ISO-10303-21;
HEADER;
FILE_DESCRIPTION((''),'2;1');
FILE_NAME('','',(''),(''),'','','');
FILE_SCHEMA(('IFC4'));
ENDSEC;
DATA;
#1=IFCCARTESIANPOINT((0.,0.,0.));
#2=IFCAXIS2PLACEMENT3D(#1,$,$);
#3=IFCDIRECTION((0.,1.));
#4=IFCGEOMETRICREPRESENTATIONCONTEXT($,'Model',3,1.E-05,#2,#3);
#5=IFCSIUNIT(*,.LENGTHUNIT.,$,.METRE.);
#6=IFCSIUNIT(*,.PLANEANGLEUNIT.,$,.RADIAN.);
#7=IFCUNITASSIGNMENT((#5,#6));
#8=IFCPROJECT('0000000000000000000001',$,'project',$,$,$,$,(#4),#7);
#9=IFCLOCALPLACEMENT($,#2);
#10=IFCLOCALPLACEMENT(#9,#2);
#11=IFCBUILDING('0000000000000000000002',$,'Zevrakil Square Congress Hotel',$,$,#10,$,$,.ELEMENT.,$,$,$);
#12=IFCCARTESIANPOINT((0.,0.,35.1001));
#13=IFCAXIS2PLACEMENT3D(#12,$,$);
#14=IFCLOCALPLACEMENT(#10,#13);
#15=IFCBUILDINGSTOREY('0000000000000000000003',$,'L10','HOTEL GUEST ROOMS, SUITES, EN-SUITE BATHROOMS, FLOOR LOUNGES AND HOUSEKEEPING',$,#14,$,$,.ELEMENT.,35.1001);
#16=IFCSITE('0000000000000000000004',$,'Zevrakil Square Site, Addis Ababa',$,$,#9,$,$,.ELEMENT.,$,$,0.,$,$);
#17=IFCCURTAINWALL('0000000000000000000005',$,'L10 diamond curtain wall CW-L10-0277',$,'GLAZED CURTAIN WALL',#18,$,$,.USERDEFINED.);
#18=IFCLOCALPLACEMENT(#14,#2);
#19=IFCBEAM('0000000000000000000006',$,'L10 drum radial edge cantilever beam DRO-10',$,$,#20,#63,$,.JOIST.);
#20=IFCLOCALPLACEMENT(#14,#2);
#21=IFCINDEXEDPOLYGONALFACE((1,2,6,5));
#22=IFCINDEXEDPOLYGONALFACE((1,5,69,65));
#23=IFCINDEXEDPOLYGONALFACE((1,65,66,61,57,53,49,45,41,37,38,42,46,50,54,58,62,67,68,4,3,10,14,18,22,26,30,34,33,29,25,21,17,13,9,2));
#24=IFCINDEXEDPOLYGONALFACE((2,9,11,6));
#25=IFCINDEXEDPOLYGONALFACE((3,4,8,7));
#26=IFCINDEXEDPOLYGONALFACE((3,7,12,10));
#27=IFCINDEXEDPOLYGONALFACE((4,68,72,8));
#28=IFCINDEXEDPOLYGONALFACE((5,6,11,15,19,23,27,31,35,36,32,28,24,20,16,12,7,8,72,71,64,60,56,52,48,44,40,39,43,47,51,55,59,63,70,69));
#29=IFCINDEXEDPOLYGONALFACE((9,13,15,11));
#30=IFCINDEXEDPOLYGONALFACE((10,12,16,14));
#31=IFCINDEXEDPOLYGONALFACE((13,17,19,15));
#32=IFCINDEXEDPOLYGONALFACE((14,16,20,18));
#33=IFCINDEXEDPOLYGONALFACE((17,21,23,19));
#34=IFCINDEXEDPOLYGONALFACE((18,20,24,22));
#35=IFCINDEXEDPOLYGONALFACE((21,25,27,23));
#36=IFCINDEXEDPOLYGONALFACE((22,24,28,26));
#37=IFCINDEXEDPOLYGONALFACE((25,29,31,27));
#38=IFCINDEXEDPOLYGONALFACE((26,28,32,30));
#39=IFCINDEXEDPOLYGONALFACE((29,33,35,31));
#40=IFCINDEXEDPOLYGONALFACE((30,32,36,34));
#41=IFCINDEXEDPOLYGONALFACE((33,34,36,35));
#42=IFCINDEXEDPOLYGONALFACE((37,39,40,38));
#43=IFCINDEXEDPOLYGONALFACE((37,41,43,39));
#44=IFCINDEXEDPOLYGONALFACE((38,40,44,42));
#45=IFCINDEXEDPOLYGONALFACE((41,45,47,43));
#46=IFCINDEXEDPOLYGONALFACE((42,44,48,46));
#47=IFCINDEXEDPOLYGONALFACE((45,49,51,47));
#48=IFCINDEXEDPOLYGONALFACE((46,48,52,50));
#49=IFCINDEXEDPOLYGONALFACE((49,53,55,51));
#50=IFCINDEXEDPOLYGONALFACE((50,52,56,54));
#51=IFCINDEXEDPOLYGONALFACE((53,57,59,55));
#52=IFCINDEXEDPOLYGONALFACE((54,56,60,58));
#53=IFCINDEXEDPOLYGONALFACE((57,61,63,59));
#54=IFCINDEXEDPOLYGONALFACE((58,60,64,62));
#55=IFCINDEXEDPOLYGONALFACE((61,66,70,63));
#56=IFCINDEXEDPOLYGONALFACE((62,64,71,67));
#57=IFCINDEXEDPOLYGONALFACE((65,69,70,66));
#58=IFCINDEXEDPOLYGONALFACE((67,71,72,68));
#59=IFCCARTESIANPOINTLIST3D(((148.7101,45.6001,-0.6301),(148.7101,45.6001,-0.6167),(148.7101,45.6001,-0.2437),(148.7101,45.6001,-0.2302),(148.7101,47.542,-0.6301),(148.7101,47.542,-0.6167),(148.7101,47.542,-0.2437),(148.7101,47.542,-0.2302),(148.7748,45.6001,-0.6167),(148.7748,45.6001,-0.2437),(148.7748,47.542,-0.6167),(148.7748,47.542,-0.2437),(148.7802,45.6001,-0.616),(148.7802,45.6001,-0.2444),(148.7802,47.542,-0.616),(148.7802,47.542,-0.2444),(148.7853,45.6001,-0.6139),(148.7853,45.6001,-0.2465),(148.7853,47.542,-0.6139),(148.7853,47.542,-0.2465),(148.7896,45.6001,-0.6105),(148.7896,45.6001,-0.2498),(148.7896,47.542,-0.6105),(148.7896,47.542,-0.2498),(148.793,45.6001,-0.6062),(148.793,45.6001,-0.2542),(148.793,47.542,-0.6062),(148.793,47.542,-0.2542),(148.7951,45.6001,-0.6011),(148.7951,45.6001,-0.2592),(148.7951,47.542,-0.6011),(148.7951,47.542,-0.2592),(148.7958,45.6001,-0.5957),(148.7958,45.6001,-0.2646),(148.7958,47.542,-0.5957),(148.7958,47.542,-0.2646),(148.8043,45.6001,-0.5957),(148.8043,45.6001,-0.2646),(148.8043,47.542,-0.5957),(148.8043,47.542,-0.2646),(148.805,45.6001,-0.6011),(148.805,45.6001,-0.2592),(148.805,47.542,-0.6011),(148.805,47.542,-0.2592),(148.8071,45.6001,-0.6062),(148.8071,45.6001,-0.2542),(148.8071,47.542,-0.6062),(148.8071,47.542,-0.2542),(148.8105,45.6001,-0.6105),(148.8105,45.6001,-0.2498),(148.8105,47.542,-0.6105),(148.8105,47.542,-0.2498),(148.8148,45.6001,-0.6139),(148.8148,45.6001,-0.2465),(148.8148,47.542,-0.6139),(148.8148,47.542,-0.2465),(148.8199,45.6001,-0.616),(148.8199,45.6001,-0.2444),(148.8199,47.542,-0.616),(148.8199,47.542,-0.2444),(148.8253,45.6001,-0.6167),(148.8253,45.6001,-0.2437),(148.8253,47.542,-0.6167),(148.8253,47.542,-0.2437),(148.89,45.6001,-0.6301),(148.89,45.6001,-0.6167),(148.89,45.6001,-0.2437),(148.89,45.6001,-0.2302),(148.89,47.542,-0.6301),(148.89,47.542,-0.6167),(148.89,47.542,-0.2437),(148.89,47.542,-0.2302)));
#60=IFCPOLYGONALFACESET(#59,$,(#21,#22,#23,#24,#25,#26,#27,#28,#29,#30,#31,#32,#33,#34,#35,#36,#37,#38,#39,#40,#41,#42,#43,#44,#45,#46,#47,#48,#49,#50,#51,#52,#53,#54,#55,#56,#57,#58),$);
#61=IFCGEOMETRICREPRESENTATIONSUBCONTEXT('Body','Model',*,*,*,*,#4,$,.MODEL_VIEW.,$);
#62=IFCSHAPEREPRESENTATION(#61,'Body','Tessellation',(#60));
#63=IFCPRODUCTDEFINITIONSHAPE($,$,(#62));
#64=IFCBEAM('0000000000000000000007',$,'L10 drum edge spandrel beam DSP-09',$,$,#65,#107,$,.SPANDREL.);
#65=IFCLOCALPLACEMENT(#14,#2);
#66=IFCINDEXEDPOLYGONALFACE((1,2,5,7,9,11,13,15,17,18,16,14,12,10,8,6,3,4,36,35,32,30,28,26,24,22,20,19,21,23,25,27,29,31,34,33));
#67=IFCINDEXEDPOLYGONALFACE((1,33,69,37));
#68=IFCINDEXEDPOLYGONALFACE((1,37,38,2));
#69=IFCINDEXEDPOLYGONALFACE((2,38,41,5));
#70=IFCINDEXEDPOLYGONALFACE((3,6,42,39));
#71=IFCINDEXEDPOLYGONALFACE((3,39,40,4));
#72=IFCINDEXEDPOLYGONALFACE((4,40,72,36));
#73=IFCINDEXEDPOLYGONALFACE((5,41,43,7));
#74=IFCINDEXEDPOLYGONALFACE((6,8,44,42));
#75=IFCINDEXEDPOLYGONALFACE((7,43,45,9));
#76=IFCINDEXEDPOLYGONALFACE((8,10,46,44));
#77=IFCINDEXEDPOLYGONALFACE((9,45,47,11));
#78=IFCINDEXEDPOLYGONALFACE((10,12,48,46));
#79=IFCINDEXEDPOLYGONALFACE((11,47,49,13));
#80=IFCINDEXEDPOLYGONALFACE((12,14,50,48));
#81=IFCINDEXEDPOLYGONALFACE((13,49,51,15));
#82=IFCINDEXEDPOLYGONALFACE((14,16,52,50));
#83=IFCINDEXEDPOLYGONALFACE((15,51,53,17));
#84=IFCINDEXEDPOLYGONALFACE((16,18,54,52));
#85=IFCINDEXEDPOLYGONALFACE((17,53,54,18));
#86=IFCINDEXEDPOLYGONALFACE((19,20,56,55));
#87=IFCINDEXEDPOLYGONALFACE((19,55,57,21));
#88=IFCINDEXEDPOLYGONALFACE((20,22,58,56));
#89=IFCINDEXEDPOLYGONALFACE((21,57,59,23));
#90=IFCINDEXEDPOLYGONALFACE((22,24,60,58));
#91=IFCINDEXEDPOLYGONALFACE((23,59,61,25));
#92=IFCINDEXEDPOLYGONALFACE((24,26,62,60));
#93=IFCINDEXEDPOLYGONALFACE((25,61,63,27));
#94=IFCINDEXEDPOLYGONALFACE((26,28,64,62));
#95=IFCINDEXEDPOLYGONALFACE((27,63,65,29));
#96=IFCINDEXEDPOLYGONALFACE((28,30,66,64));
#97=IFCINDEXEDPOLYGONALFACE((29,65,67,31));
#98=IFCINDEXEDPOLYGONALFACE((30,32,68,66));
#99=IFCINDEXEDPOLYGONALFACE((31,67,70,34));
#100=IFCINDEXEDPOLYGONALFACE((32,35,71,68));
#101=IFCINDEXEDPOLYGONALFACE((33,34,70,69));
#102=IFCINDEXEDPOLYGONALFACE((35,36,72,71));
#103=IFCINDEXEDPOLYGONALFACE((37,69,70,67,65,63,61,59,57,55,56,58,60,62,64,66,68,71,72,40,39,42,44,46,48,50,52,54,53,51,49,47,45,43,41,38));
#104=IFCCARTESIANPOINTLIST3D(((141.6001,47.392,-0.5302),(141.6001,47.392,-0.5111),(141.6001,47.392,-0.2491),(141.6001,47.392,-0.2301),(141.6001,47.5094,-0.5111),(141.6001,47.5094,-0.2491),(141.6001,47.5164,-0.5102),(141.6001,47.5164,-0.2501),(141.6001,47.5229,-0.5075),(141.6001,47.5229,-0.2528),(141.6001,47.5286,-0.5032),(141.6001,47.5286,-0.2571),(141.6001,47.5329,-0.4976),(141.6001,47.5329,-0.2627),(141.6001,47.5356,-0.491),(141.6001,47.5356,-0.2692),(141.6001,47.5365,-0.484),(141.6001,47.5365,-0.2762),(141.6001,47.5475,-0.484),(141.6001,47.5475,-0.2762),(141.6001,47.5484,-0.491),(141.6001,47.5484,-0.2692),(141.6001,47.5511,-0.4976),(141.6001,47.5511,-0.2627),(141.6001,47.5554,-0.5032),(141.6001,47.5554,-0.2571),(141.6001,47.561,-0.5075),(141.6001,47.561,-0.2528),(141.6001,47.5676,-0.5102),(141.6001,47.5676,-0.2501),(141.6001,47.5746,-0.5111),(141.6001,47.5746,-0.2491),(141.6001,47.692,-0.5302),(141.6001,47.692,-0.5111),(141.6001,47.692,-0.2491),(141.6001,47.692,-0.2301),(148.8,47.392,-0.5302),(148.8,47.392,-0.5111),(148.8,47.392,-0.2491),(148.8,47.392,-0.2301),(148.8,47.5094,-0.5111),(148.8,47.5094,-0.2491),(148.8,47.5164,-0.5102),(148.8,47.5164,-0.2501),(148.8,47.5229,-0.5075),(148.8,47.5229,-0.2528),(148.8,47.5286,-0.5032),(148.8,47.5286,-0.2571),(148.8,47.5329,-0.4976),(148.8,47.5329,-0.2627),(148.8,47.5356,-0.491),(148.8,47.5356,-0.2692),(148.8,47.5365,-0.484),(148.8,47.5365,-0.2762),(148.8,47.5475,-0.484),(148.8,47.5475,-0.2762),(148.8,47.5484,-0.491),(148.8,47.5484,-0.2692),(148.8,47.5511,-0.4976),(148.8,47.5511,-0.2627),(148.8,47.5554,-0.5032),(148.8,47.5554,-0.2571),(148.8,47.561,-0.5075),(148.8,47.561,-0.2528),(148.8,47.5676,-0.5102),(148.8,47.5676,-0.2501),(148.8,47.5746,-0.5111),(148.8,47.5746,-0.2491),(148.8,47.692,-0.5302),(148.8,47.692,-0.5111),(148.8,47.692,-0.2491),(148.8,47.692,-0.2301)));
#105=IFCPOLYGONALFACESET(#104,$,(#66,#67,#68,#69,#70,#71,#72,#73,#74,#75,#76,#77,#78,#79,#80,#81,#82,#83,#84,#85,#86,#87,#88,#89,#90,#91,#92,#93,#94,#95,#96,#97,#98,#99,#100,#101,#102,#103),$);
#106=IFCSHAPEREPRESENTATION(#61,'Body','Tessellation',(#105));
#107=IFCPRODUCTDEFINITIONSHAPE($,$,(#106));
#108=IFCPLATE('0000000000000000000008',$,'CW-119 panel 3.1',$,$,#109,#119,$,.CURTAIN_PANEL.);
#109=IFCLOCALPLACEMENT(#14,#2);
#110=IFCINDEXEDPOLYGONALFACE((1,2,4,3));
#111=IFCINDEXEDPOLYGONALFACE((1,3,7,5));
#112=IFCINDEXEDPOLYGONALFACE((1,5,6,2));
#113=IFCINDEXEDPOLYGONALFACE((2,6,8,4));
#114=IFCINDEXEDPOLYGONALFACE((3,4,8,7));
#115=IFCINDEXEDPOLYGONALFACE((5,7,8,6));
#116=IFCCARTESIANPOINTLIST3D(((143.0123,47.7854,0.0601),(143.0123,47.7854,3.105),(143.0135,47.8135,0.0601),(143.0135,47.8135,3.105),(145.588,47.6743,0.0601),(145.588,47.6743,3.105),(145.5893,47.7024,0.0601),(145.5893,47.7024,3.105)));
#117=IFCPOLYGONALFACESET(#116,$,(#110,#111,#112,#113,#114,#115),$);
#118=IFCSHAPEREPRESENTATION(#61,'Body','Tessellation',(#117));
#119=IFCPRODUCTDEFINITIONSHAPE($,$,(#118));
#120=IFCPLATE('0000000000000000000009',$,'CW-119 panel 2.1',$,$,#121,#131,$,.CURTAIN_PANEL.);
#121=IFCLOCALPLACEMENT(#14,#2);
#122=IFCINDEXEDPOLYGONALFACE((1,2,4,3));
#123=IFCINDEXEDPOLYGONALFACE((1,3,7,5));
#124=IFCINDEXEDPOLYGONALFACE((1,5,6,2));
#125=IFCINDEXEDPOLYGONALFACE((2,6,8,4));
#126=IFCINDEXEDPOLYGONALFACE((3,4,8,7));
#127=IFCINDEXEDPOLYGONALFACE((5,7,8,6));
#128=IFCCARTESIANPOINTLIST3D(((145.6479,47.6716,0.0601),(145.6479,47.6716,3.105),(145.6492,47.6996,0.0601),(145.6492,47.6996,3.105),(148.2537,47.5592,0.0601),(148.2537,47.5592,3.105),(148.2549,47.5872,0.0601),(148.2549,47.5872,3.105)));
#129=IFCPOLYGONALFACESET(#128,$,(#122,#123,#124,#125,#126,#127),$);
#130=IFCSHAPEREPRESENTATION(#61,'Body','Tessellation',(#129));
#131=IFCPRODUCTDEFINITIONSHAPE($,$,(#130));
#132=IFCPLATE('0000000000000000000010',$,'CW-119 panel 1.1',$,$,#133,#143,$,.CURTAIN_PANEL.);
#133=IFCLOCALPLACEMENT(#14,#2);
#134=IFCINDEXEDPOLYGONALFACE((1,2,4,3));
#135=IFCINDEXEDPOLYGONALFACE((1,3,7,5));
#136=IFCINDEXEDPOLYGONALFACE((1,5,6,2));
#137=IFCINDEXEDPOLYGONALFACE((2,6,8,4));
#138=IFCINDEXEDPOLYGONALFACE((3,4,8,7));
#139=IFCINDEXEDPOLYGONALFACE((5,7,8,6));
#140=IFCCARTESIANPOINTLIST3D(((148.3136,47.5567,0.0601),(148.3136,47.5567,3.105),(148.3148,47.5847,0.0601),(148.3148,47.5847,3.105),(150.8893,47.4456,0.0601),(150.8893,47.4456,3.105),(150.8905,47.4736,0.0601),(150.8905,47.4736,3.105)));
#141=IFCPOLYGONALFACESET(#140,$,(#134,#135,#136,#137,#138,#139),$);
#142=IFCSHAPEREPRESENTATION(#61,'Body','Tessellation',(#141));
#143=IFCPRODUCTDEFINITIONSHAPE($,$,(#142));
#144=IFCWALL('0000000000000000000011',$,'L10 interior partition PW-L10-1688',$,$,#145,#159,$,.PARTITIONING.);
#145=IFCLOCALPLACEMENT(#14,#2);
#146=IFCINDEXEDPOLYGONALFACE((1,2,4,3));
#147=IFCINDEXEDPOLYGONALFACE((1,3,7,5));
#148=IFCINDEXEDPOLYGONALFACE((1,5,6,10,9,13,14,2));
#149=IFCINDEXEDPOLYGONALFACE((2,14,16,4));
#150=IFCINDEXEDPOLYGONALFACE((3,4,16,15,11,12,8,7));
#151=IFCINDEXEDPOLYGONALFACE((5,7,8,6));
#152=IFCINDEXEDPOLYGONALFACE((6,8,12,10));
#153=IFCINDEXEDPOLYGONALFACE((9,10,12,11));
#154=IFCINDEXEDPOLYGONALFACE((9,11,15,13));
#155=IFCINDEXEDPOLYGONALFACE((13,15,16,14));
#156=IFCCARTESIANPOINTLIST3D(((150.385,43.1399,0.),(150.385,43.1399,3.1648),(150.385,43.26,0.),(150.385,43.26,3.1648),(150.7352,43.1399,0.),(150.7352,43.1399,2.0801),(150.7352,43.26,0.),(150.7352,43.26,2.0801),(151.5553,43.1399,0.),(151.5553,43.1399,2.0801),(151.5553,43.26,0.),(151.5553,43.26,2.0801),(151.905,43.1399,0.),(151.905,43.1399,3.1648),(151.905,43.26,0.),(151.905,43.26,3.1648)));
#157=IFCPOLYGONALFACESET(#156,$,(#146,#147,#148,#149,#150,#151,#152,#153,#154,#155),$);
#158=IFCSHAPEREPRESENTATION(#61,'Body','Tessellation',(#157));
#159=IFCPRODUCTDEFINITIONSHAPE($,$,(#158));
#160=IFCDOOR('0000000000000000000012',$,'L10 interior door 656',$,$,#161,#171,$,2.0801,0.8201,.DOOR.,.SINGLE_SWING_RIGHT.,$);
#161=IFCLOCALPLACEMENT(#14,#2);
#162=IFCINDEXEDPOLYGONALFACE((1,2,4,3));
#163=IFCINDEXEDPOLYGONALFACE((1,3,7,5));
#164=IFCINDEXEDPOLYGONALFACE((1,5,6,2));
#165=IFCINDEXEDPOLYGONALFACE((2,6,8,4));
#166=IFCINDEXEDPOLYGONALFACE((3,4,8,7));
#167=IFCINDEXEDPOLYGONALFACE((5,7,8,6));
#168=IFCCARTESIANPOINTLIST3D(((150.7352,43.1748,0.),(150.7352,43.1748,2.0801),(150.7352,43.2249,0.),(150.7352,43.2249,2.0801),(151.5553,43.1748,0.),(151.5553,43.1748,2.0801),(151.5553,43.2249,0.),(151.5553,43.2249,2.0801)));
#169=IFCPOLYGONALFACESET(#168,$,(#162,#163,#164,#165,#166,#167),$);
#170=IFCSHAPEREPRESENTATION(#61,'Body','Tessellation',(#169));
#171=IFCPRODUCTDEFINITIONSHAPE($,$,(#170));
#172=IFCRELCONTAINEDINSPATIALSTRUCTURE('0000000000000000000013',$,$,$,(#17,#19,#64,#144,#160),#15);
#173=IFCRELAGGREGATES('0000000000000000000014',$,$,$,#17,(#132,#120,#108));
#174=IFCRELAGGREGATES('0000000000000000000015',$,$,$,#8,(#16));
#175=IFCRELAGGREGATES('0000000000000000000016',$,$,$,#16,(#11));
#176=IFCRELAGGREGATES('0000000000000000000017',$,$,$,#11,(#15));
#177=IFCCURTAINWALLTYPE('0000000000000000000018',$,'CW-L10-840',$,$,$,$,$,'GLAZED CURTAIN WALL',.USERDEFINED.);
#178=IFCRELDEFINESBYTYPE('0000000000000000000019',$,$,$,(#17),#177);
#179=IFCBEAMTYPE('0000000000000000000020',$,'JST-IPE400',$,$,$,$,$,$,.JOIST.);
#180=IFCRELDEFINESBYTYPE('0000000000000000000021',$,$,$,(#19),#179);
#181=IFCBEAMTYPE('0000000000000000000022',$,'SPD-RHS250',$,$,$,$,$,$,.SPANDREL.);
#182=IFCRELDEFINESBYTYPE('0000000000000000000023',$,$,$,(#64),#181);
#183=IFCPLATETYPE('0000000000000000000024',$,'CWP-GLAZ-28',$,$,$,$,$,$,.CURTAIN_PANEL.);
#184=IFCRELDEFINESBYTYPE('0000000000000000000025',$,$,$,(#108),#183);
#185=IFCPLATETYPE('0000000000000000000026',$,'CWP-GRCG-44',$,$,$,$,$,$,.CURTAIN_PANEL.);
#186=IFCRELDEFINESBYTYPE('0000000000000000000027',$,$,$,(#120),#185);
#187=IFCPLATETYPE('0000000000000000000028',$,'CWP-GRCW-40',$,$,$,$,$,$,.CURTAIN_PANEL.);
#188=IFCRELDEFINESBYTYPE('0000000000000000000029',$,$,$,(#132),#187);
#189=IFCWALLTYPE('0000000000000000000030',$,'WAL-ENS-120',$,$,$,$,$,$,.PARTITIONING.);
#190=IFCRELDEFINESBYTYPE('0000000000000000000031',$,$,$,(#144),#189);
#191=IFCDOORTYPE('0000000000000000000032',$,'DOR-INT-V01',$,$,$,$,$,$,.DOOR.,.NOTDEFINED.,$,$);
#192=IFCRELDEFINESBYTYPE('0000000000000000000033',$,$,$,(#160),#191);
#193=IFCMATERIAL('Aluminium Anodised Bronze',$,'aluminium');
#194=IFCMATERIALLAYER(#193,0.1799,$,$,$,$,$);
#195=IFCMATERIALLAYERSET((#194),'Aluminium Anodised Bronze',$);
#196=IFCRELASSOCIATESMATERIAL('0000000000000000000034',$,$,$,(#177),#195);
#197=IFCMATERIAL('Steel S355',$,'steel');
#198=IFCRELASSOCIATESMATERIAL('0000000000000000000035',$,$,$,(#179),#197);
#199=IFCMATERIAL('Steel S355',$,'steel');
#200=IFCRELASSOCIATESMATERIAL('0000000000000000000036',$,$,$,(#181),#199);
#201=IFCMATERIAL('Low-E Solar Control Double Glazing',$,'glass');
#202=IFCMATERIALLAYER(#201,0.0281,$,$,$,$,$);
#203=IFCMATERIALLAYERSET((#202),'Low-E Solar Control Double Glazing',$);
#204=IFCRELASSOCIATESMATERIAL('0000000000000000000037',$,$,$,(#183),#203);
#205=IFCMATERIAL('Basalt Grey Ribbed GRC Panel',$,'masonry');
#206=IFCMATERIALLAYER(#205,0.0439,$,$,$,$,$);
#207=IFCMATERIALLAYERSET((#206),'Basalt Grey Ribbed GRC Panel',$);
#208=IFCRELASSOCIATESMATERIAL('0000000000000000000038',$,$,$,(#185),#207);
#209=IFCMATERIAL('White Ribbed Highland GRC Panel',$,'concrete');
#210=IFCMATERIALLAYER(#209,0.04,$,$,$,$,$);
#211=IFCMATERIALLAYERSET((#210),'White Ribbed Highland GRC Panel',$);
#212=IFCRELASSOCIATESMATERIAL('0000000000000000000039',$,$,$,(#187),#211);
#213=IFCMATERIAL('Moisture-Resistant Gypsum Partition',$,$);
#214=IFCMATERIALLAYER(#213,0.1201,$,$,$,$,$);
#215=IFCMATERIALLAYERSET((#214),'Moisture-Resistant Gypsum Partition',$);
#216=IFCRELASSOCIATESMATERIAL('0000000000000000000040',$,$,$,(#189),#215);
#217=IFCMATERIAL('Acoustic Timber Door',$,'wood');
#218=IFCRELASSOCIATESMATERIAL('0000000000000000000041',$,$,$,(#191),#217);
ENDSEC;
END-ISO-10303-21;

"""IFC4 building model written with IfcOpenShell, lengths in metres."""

from ifc_helpers import new_model, si_unit, direction, frame, frame_2d, origin, origin_2d, place, context, subcontext, project, spatial, rectangle, i_section, extrude, material, layer, layer_set, material_profile, profile_set, type_object, element, fill, aggregate, save


model = new_model("IFC4")

# Units and contexts
model_context = context("Model", 3, precision=1e-05, world=origin(), true_north=direction((0.0, 1.0)))
body_context = subcontext(model_context, "Body", "Model", "MODEL_VIEW")
ifc_project = project(units=[si_unit("LENGTHUNIT", "METRE"), si_unit("PLANEANGLEUNIT", "RADIAN")], contexts=[model_context])

# Site, building, storey
site_placement = place(None, origin())
site = spatial("IfcSite", under=ifc_project, at=site_placement, Name="Zevrakil Square Site, Addis Ababa", CompositionType="ELEMENT", RefElevation=0.0)
building_placement = place(site_placement, origin())
building = spatial("IfcBuilding", under=site, at=building_placement, Name="Zevrakil Square Congress Hotel", CompositionType="ELEMENT")
storey_placement = place(building_placement, frame((0.0, 0.0, 35.1001)))
storey = spatial("IfcBuildingStorey", under=building, at=storey_placement, Name="L10", Description="HOTEL GUEST ROOMS, SUITES, EN-SUITE BATHROOMS, FLOOR LOUNGES AND HOUSEKEEPING", CompositionType="ELEMENT", Elevation=35.1001)

# Curtain wall
ifc_material_1 = material(Name="Aluminium Anodised Bronze", Category="aluminium")
ifc_layer_1 = layer(ifc_material_1, 0.1799)
ifc_layer_set_1 = layer_set([ifc_layer_1], Name="Aluminium Anodised Bronze")
curtain_wall_type = type_object("IfcCurtainWallType", Name="CW-L10-840", ElementType="GLAZED CURTAIN WALL", PredefinedType="USERDEFINED", material=ifc_layer_set_1)
curtain_wall_placement = place(storey_placement, origin())
curtain_wall = element("IfcCurtainWall", 1, at=curtain_wall_placement, inside=storey, type_object=curtain_wall_type, Name="L10 diamond curtain wall CW-L10-0277", ObjectType="GLAZED CURTAIN WALL", PredefinedType="USERDEFINED")

# Beams
ifc_material_2 = material(Name="Steel S355", Category="steel")
ifc_material_profile_1 = material_profile(ifc_material_2, i_section(OverallWidth=0.1799, OverallDepth=0.3999, WebThickness=0.0085, FlangeThickness=0.0134, FilletRadius=0.021, at=origin_2d()), Name="IPE 400")
ifc_profile_set_1 = profile_set([ifc_material_profile_1], Name="Steel S355")
beam_type_1 = type_object("IfcBeamType", Name="JST-IPE400", PredefinedType="JOIST", material=ifc_profile_set_1)
beam_1_placement = place(storey_placement, frame((148.8, 45.6001, -0.4302), z_axis=(0.0, 1.0, 0.0), x_axis=(-1.0, 0.0, 0.0)))
element("IfcBeam", 2, at=beam_1_placement, inside=storey, type_object=beam_type_1, Name="L10 drum radial edge cantilever beam DRO-10", PredefinedType="JOIST", context=body_context, shape_type="SweptSolid", body=[
    extrude(i_section(OverallWidth=0.1799, OverallDepth=0.3999, WebThickness=0.0085, FlangeThickness=0.0134, FilletRadius=0.021, at=origin_2d()), origin(), (0.0, 0.0, 1.0), 1.9419),
])
ifc_material_3 = material(Name="Steel S355", Category="steel")
ifc_material_profile_2 = material_profile(ifc_material_3, i_section(OverallWidth=0.3, OverallDepth=0.3, WebThickness=0.011, FlangeThickness=0.019, FilletRadius=0.0271, at=origin_2d()), Name="HEB 300")
ifc_profile_set_2 = profile_set([ifc_material_profile_2], Name="Steel S355")
beam_type_2 = type_object("IfcBeamType", Name="SPD-RHS250", PredefinedType="SPANDREL", material=ifc_profile_set_2)
beam_2_placement = place(storey_placement, frame((148.8, 47.542, -0.3801), z_axis=(-1.0, 0.0, 0.0), x_axis=(0.0, -1.0, 0.0)))
element("IfcBeam", 3, at=beam_2_placement, inside=storey, type_object=beam_type_2, Name="L10 drum edge spandrel beam DSP-09", PredefinedType="SPANDREL", context=body_context, shape_type="SweptSolid", body=[
    extrude(i_section(OverallWidth=0.3, OverallDepth=0.3, WebThickness=0.011, FlangeThickness=0.019, FilletRadius=0.0271, at=origin_2d()), origin(), (0.0, 0.0, 1.0), 7.2),
])

# Plates
ifc_material_4 = material(Name="Low-E Solar Control Double Glazing", Category="glass")
ifc_layer_2 = layer(ifc_material_4, 0.0281)
ifc_layer_set_2 = layer_set([ifc_layer_2], Name="Low-E Solar Control Double Glazing")
plate_type_1 = type_object("IfcPlateType", Name="CWP-GLAZ-28", PredefinedType="CURTAIN_PANEL", material=ifc_layer_set_2)
plate_1_placement = place(storey_placement, frame((144.3008, 47.7439, 0.0601), z_axis=(0.0, 0.0, 1.0), x_axis=(-0.999071, 0.043102, 0.0)))
plate_1 = element("IfcPlate", 4, at=plate_1_placement, type_object=plate_type_1, Name="CW-119 panel 3.1", PredefinedType="CURTAIN_PANEL", context=body_context, shape_type="SweptSolid", body=[
    extrude(rectangle(XDim=2.5781, YDim=0.0281, at=origin_2d()), origin(), (0.0, 0.0, 1.0), 3.0449),
])
ifc_material_5 = material(Name="Basalt Grey Ribbed GRC Panel", Category="masonry")
ifc_layer_3 = layer(ifc_material_5, 0.0439)
ifc_layer_set_3 = layer_set([ifc_layer_3], Name="Basalt Grey Ribbed GRC Panel")
plate_type_2 = type_object("IfcPlateType", Name="CWP-GRCG-44", PredefinedType="CURTAIN_PANEL", material=ifc_layer_set_3)
plate_2_placement = place(storey_placement, frame((146.9514, 47.6294, 0.0601), z_axis=(0.0, 0.0, 1.0), x_axis=(-0.999071, 0.043102, 0.0)))
plate_2 = element("IfcPlate", 5, at=plate_2_placement, type_object=plate_type_2, Name="CW-119 panel 2.1", PredefinedType="CURTAIN_PANEL", context=body_context, shape_type="SweptSolid", body=[
    extrude(rectangle(XDim=2.6082, YDim=0.0281, at=origin_2d()), origin(), (0.0, 0.0, 1.0), 3.0449),
])
ifc_material_6 = material(Name="White Ribbed Highland GRC Panel", Category="concrete")
ifc_layer_4 = layer(ifc_material_6, 0.04)
ifc_layer_set_4 = layer_set([ifc_layer_4], Name="White Ribbed Highland GRC Panel")
plate_type_3 = type_object("IfcPlateType", Name="CWP-GRCW-40", PredefinedType="CURTAIN_PANEL", material=ifc_layer_set_4)
plate_3_placement = place(storey_placement, frame((149.6021, 47.5151, 0.0601), z_axis=(0.0, 0.0, 1.0), x_axis=(-0.999071, 0.043102, 0.0)))
plate_3 = element("IfcPlate", 6, at=plate_3_placement, type_object=plate_type_3, Name="CW-119 panel 1.1", PredefinedType="CURTAIN_PANEL", context=body_context, shape_type="SweptSolid", body=[
    extrude(rectangle(XDim=2.5781, YDim=0.0281, at=origin_2d()), origin(), (0.0, 0.0, 1.0), 3.0449),
])
aggregate(curtain_wall, [plate_3, plate_2, plate_1])

# Wall, opening, door
ifc_material_7 = material(Name="Moisture-Resistant Gypsum Partition")
ifc_layer_5 = layer(ifc_material_7, 0.1201)
ifc_layer_set_5 = layer_set([ifc_layer_5], Name="Moisture-Resistant Gypsum Partition")
wall_type = type_object("IfcWallType", Name="WAL-ENS-120", PredefinedType="PARTITIONING", material=ifc_layer_set_5)
wall_1_placement = place(storey_placement, frame((150.385, 43.2, 0.0), z_axis=(0.0, 0.0, 1.0), x_axis=(1.0, 0.0, 0.0)))
wall_1 = element("IfcWall", 7, at=wall_1_placement, inside=storey, type_object=wall_type, Name="L10 interior partition PW-L10-1688", PredefinedType="PARTITIONING", context=body_context, shape_type="SweptSolid", body=[
    extrude(rectangle(XDim=1.52, YDim=0.1201, at=frame_2d((0.76, 0.0))), origin(), (0.0, 0.0, 1.0), 3.1648),
])
opening_1_placement = place(wall_1_placement, frame((0.3501, 0.0, 0.0)))
opening_1 = element("IfcOpeningElement", 8, at=opening_1_placement, cuts=wall_1, PredefinedType="OPENING", context=body_context, shape_type="SweptSolid", body=[
    extrude(rectangle(XDim=0.8201, YDim=2.0801, at=frame_2d((0.4102, 1.04))), frame((0.0, 0.0701, 0.0), z_axis=(0.0, -1.0, 0.0), x_axis=(1.0, 0.0, 0.0)), (0.0, 0.0, 1.0), 0.1401),
])
ifc_material_8 = material(Name="Acoustic Timber Door", Category="wood")
door_type = type_object("IfcDoorType", Name="DOR-INT-V01", OperationType="NOTDEFINED", PredefinedType="DOOR", material=ifc_material_8)
door_1_placement = place(opening_1_placement, origin())
door_1 = element("IfcDoor", 9, at=door_1_placement, inside=storey, type_object=door_type, Name="L10 interior door 656", OperationType="SINGLE_SWING_RIGHT", OverallHeight=2.0801, OverallWidth=0.8201, PredefinedType="DOOR", context=body_context, shape_type="SweptSolid", body=[
    extrude(rectangle(XDim=0.8201, YDim=2.0801, at=frame_2d((0.4102, 1.04))), frame((0.0, 0.0249, 0.0), z_axis=(0.0, -1.0, 0.0), x_axis=(1.0, 0.0, 0.0)), (0.0, 0.0, 1.0), 0.05),
])
fill(opening_1, door_1)

save(model, "model.ifc")
